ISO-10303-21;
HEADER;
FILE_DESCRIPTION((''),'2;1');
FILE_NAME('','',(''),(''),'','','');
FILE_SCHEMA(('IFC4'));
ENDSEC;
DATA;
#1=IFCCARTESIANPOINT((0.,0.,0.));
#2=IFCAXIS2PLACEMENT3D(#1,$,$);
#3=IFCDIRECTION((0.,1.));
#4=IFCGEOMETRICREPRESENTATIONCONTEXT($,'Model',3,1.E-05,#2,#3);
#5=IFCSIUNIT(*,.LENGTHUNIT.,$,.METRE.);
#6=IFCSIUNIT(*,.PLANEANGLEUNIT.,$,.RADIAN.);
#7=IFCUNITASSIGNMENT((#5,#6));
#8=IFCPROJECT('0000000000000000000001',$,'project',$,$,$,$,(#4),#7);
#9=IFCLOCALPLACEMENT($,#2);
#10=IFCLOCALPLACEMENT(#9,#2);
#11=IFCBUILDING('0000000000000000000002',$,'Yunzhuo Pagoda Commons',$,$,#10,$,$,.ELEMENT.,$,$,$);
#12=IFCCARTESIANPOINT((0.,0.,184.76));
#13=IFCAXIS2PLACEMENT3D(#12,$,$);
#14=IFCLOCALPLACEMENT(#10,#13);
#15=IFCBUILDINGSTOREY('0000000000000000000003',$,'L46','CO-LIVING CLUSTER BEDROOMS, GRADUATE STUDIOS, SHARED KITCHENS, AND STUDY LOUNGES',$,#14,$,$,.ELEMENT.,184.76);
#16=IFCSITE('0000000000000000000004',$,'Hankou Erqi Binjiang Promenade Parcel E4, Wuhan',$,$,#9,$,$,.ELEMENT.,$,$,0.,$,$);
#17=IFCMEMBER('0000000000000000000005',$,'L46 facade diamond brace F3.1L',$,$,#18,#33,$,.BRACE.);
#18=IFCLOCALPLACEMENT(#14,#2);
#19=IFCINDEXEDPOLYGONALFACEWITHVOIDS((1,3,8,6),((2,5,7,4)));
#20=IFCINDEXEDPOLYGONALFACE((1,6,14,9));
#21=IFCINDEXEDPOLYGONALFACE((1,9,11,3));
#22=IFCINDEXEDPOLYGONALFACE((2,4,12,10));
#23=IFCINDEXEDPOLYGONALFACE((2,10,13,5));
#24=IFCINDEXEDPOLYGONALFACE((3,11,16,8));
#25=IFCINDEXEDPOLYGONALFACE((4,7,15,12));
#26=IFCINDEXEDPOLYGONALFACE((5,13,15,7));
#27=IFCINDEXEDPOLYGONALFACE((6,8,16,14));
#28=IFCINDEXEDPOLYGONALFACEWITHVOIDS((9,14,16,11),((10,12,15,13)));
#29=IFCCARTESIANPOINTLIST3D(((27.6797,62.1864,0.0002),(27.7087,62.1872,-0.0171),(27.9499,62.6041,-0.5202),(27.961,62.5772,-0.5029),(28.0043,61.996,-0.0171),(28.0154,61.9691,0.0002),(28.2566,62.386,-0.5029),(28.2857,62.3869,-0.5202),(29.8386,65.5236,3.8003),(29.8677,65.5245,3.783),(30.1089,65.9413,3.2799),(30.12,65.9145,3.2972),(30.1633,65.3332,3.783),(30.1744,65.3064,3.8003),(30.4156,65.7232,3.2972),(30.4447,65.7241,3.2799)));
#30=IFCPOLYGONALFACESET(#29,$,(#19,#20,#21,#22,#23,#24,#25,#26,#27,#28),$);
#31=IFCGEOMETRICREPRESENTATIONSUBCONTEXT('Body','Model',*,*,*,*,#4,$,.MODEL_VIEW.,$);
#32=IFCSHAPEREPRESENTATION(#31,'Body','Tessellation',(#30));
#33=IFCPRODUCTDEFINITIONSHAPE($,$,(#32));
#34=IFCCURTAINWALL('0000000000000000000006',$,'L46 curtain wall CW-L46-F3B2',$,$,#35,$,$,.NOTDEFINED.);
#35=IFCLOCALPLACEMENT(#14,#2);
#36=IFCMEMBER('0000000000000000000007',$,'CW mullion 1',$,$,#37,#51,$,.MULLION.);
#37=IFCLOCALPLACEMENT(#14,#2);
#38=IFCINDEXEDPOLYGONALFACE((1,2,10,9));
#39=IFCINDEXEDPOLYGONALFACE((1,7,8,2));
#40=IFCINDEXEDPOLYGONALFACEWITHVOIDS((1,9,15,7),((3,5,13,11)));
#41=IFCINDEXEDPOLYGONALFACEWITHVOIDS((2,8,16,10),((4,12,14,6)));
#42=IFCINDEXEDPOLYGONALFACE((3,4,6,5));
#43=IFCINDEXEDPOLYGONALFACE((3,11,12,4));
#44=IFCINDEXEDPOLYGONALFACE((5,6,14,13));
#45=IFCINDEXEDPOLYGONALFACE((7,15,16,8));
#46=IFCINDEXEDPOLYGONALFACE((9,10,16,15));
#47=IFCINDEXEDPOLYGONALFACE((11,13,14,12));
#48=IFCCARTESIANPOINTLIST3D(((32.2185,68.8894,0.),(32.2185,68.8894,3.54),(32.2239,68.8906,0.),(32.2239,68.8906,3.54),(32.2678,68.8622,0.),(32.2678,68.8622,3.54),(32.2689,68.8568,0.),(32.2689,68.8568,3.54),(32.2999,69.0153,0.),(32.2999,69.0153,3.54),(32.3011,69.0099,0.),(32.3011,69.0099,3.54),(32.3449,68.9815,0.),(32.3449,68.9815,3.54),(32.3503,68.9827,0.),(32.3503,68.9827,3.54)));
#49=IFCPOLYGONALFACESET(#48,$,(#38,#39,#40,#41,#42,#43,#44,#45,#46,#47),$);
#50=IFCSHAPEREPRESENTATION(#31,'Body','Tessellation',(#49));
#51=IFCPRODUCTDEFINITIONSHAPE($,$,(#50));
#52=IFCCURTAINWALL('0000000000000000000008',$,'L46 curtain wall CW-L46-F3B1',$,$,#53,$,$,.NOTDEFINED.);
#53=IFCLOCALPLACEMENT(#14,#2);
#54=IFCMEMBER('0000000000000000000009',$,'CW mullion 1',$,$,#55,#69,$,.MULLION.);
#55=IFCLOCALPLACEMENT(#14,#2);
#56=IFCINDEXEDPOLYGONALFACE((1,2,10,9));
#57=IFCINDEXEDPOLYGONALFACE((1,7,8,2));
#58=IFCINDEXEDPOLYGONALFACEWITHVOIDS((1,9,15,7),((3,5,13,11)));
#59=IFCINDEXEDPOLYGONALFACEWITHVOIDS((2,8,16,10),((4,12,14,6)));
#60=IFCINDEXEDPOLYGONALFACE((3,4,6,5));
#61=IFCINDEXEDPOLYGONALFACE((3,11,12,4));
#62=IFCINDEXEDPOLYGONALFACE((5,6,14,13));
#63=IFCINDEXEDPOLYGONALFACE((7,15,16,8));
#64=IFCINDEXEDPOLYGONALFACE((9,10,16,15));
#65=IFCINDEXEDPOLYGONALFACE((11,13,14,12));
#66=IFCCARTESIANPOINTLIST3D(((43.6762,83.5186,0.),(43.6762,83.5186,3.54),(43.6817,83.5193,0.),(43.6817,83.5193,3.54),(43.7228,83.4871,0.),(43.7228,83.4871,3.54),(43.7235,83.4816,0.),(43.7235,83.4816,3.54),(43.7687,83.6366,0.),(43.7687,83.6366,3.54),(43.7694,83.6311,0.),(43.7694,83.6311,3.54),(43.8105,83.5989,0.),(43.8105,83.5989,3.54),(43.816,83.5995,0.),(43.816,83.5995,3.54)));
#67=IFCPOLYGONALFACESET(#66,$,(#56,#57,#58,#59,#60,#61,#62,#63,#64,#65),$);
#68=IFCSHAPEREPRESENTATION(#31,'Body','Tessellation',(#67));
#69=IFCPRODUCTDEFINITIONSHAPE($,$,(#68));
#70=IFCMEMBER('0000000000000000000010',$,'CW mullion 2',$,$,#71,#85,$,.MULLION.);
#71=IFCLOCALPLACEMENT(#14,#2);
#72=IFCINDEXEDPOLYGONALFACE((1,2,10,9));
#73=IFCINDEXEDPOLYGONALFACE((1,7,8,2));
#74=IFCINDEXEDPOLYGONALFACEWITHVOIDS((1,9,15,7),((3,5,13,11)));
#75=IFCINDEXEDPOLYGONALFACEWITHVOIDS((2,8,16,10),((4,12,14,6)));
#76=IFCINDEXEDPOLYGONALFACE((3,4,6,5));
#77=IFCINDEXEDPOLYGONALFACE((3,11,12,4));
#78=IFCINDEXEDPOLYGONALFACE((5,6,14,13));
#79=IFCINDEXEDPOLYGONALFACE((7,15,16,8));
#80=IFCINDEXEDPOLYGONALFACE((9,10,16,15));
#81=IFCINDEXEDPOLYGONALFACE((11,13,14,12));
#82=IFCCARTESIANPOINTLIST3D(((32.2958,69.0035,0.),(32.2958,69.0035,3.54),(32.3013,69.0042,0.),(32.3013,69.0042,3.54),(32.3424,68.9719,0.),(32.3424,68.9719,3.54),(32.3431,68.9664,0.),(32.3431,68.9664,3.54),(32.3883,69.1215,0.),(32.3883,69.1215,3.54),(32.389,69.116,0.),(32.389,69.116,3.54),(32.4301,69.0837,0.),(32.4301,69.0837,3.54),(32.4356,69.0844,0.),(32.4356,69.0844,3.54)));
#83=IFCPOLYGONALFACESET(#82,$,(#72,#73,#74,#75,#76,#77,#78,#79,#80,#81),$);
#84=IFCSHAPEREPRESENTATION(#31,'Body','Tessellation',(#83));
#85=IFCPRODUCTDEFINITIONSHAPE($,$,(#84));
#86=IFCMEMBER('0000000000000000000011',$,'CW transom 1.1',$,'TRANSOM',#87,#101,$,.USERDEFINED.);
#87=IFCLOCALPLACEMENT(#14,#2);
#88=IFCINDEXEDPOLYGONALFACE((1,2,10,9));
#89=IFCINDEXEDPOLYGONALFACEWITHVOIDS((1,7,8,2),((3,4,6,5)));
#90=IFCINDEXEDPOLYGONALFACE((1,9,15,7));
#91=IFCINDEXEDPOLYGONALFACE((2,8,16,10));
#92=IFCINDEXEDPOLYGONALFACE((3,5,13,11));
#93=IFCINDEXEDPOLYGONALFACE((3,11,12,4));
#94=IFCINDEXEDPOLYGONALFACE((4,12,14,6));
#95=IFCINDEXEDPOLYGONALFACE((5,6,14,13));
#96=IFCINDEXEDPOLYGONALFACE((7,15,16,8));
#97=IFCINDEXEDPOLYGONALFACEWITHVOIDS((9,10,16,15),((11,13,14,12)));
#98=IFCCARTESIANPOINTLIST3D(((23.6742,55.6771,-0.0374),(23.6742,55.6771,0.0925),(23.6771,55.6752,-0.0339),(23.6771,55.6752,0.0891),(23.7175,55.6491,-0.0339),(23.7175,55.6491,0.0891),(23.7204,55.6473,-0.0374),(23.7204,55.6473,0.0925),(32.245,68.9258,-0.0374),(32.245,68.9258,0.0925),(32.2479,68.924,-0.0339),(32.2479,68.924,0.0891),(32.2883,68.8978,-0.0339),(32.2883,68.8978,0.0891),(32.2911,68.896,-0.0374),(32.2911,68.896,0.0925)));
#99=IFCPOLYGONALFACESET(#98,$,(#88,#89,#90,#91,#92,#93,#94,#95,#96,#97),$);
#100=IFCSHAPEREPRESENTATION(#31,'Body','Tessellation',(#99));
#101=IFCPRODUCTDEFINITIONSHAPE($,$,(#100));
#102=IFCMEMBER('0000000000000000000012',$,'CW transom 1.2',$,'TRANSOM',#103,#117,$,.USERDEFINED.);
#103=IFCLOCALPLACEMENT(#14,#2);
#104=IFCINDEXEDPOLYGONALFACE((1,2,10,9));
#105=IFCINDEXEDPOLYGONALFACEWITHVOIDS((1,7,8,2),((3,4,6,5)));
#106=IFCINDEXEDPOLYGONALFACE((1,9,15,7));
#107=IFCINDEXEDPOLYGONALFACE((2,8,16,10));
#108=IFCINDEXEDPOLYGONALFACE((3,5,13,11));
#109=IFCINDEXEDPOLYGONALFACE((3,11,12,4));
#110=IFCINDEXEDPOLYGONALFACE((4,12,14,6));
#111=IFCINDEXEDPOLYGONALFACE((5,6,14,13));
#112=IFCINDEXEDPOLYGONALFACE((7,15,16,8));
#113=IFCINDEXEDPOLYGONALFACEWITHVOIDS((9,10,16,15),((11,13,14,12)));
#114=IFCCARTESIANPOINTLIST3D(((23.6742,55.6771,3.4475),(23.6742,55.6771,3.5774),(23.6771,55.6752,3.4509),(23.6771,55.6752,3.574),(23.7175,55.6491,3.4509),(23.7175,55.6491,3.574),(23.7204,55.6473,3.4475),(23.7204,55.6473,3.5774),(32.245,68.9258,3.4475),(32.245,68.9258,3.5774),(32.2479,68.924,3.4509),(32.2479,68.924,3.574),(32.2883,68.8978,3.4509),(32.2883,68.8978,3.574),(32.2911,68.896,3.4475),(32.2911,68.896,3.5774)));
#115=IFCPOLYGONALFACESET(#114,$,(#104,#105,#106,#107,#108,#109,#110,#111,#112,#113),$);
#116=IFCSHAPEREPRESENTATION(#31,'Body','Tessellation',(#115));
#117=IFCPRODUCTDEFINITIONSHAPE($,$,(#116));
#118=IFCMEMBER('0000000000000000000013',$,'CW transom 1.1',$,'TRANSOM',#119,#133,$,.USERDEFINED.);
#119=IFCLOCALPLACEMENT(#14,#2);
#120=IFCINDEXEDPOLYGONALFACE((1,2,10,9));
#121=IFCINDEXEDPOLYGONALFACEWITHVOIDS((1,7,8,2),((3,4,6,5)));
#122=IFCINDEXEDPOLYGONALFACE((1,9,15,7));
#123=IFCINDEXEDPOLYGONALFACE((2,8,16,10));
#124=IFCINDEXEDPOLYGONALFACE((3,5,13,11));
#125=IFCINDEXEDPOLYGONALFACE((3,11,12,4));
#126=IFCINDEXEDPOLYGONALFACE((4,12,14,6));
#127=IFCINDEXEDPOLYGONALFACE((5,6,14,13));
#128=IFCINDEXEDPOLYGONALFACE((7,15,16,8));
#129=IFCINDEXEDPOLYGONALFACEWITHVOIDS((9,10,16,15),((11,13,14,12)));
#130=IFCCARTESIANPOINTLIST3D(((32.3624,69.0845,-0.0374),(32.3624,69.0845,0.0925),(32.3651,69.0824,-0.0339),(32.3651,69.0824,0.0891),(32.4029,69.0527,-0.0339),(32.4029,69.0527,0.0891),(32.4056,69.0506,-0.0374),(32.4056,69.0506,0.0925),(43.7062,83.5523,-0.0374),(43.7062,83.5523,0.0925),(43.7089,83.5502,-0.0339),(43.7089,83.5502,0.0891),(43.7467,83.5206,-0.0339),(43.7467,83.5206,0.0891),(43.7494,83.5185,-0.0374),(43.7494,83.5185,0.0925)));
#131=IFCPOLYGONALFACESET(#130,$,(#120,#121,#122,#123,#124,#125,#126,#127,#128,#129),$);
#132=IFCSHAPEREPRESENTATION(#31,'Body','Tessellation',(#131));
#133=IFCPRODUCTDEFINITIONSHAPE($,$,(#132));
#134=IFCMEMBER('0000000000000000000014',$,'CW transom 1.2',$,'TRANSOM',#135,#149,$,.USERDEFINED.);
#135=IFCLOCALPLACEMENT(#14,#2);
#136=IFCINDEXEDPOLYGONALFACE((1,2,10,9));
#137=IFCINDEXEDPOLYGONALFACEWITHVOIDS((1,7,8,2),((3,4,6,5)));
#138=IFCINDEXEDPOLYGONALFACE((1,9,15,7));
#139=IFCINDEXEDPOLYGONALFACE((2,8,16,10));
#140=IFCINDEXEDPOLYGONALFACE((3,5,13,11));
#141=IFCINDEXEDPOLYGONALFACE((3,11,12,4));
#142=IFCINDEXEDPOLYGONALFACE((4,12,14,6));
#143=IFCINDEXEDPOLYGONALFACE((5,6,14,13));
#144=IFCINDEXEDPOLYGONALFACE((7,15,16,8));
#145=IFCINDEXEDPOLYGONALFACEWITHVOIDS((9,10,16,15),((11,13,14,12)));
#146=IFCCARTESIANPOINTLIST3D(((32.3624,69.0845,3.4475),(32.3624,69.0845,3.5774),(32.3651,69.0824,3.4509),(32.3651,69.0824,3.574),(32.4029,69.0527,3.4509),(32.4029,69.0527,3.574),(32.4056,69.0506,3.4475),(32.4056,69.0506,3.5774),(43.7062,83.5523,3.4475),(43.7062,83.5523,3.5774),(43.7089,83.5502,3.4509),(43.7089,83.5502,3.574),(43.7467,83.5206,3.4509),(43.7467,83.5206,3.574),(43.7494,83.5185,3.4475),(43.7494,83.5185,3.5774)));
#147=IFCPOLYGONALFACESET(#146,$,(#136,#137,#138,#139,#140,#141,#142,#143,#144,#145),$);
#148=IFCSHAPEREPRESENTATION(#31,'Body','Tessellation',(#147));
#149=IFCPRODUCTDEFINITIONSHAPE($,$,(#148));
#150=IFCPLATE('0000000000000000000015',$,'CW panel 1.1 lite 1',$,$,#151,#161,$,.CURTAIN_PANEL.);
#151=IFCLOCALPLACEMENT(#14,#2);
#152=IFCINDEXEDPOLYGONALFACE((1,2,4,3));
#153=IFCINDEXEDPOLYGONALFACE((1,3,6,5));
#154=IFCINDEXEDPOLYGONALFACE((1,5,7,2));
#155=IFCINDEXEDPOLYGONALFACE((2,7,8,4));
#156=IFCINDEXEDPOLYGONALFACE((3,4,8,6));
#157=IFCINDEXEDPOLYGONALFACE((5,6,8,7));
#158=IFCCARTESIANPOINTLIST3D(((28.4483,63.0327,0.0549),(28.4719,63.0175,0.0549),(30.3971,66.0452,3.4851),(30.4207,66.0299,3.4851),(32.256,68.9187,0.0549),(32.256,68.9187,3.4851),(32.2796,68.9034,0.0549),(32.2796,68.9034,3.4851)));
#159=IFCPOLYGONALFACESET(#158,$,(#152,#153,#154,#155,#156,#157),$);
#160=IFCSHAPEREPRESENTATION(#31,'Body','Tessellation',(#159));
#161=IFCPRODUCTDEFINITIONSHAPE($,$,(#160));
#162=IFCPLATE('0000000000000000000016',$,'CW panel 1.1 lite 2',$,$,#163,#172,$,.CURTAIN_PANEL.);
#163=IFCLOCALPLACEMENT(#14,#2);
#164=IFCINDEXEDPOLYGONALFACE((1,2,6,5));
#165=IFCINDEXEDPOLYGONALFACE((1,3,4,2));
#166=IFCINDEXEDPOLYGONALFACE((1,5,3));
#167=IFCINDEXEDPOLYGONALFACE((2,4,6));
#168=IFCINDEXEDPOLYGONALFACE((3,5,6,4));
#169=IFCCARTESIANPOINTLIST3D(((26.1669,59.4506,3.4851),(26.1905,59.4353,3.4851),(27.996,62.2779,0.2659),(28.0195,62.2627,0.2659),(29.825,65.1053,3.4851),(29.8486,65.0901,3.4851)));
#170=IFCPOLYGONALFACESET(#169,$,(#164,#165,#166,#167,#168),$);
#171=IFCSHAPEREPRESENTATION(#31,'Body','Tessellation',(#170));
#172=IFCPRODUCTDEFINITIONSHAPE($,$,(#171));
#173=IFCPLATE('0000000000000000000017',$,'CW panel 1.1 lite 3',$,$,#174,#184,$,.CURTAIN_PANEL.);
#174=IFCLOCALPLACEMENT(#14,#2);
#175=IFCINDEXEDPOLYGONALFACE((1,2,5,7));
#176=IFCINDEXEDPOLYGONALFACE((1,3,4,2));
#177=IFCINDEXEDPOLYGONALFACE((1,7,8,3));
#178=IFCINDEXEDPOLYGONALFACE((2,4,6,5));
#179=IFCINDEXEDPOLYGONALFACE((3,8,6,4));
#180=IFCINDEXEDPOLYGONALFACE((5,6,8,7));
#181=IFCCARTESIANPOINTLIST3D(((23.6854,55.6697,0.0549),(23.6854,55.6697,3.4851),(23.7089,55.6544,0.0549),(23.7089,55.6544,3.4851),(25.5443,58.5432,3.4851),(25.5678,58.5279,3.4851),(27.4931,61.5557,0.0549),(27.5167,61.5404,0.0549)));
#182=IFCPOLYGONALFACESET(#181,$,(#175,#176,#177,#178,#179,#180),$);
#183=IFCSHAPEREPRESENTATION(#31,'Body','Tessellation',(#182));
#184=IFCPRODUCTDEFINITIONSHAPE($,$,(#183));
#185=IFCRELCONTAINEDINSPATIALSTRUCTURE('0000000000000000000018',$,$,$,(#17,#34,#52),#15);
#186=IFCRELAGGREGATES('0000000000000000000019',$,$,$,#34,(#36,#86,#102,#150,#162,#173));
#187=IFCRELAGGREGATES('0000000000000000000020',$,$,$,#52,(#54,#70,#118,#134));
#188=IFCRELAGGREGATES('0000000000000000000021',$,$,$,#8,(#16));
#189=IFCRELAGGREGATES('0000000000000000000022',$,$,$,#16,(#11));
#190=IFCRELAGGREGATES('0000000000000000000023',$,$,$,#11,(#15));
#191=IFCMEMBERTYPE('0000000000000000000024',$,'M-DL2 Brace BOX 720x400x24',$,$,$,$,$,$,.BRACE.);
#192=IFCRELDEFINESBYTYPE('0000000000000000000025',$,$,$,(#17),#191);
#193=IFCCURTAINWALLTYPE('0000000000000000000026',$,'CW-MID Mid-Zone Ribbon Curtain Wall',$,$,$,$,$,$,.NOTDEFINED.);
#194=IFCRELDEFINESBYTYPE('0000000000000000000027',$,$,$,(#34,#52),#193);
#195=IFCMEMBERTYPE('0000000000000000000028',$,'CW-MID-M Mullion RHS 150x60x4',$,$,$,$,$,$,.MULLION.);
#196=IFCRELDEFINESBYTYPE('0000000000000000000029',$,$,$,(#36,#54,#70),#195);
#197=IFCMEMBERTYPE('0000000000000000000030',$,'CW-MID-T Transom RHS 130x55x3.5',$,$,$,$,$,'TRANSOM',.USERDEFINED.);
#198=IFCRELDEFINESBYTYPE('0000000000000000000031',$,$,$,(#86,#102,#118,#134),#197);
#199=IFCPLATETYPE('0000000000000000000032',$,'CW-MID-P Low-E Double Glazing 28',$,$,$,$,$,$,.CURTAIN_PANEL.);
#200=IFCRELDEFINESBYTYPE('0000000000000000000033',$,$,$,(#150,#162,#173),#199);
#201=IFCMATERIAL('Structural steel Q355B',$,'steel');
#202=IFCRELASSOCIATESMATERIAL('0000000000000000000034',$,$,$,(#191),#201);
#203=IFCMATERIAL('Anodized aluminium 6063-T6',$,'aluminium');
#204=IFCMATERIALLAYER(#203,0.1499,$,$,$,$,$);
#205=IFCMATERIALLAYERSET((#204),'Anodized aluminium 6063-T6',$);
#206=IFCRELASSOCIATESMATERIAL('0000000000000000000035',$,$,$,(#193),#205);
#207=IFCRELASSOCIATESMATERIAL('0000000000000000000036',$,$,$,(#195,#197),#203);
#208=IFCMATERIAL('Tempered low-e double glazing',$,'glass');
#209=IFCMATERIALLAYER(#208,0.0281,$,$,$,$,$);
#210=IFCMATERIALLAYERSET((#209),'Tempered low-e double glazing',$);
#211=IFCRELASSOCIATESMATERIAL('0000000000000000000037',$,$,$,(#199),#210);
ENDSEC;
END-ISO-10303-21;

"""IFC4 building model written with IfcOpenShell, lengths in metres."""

from ifc_helpers import new_model, si_unit, direction, frame, origin, origin_2d, place, context, subcontext, project, spatial, polyline, hollow_rectangle, outline, extrude, source, transform, mapped, material, layer, layer_set, material_profile, profile_set, type_object, element, aggregate, save


model = new_model("IFC4")

# Units and contexts
model_context = context("Model", 3, precision=1e-05, world=origin(), true_north=direction((0.0, 1.0)))
body_context = subcontext(model_context, "Body", "Model", "MODEL_VIEW")
ifc_project = project(units=[si_unit("LENGTHUNIT", "METRE"), si_unit("PLANEANGLEUNIT", "RADIAN")], contexts=[model_context])

# Site, building, storey
site_placement = place(None, origin())
site = spatial("IfcSite", under=ifc_project, at=site_placement, Name="Hankou Erqi Binjiang Promenade Parcel E4, Wuhan", CompositionType="ELEMENT", RefElevation=0.0)
building_placement = place(site_placement, origin())
building = spatial("IfcBuilding", under=site, at=building_placement, Name="Yunzhuo Pagoda Commons", CompositionType="ELEMENT")
storey_placement = place(building_placement, frame((0.0, 0.0, 184.76)))
storey = spatial("IfcBuildingStorey", under=building, at=storey_placement, Name="L46", Description="CO-LIVING CLUSTER BEDROOMS, GRADUATE STUDIOS, SHARED KITCHENS, AND STUDY LOUNGES", CompositionType="ELEMENT", Elevation=184.76)

# Shared definitions
ifc_material_1 = material(Name="Structural steel Q355B", Category="steel")

# Member
ifc_material_profile_1 = material_profile(ifc_material_1, hollow_rectangle(XDim=0.3999, YDim=0.72, WallThickness=0.0239, at=origin_2d()), Name="Structural steel Q355B")
ifc_profile_set_1 = profile_set([ifc_material_profile_1], Name="Structural steel Q355B")
member_type_1 = type_object("IfcMemberType", Name="M-DL2 Brace BOX 720x400x24", PredefinedType="BRACE", material=ifc_profile_set_1)
shared_shape_1 = source(origin(), body_context, "Body", "SweptSolid", [
    extrude(hollow_rectangle(XDim=0.3999, YDim=0.72, WallThickness=0.0239, at=origin_2d()), origin(), (0.0, 0.0, 1.0), 5.499),
])
member_1_placement = place(storey_placement, frame((27.9827, 62.2866, -0.26), z_axis=(0.392612, 0.606876, 0.691055), x_axis=(-0.839616, 0.54318, 0.0)))
element("IfcMember", 1, at=member_1_placement, inside=storey, type_object=member_type_1, Name="L46 facade diamond brace F3.1L", PredefinedType="BRACE", context=body_context, shape_type="MappedRepresentation", body=[
    mapped(shared_shape_1, transform((0.0, 0.0, 0.0), scale=1.0)),
])

# Curtain wall, member
ifc_material_2 = material(Name="Anodized aluminium 6063-T6", Category="aluminium")
ifc_layer_1 = layer(ifc_material_2, 0.1499)
ifc_layer_set_1 = layer_set([ifc_layer_1], Name="Anodized aluminium 6063-T6")
curtain_wall_type = type_object("IfcCurtainWallType", Name="CW-MID Mid-Zone Ribbon Curtain Wall", PredefinedType="NOTDEFINED", material=ifc_layer_set_1)
curtain_wall_1_placement = place(storey_placement, origin())
curtain_wall_1 = element("IfcCurtainWall", 2, at=curtain_wall_1_placement, inside=storey, type_object=curtain_wall_type, Name="L46 curtain wall CW-L46-F3B2", PredefinedType="NOTDEFINED")
ifc_material_profile_2 = material_profile(ifc_material_2, hollow_rectangle(XDim=0.0601, YDim=0.1499, WallThickness=0.0039, at=origin_2d()), Name="Anodized aluminium 6063-T6")
ifc_profile_set_2 = profile_set([ifc_material_profile_2], Name="Anodized aluminium 6063-T6")
member_type_2 = type_object("IfcMemberType", Name="CW-MID-M Mullion RHS 150x60x4", PredefinedType="MULLION", material=ifc_profile_set_2)
shared_shape_2 = source(origin(), body_context, "Body", "SweptSolid", [
    extrude(hollow_rectangle(XDim=0.0601, YDim=0.1499, WallThickness=0.0039, at=origin_2d()), origin(), (0.0, 0.0, 1.0), 3.54),
])
member_2_placement = place(storey_placement, frame((32.2844, 68.936, 0.0), z_axis=(0.0, 0.0, 1.0), x_axis=(0.839627, -0.543164, 0.0)))
member_2 = element("IfcMember", 3, at=member_2_placement, type_object=member_type_2, Name="CW mullion 1", PredefinedType="MULLION", context=body_context, shape_type="MappedRepresentation", body=[
    mapped(shared_shape_2, transform((0.0, 0.0, 0.0), scale=1.0)),
])

# Curtain wall, members
curtain_wall_2_placement = place(storey_placement, origin())
curtain_wall_2 = element("IfcCurtainWall", 4, at=curtain_wall_2_placement, inside=storey, type_object=curtain_wall_type, Name="L46 curtain wall CW-L46-F3B1", PredefinedType="NOTDEFINED")
member_3_placement = place(storey_placement, frame((43.7461, 83.5591, 0.0), z_axis=(0.0, 0.0, 1.0), x_axis=(0.78695, -0.617016, 0.0)))
member_3 = element("IfcMember", 5, at=member_3_placement, type_object=member_type_2, Name="CW mullion 1", PredefinedType="MULLION", context=body_context, shape_type="MappedRepresentation", body=[
    mapped(shared_shape_2, transform((0.0, 0.0, 0.0), scale=1.0)),
])
member_4_placement = place(storey_placement, frame((32.3657, 69.0439, 0.0), z_axis=(0.0, 0.0, 1.0), x_axis=(0.78695, -0.617016, 0.0)))
member_4 = element("IfcMember", 6, at=member_4_placement, type_object=member_type_2, Name="CW mullion 2", PredefinedType="MULLION", context=body_context, shape_type="MappedRepresentation", body=[
    mapped(shared_shape_2, transform((0.0, 0.0, 0.0), scale=1.0)),
])

# Members
ifc_material_profile_3 = material_profile(ifc_material_2, hollow_rectangle(XDim=0.0549, YDim=0.1299, WallThickness=0.0034, at=origin_2d()), Name="Anodized aluminium 6063-T6")
ifc_profile_set_3 = profile_set([ifc_material_profile_3], Name="Anodized aluminium 6063-T6")
member_type_3 = type_object("IfcMemberType", Name="CW-MID-T Transom RHS 130x55x3.5", ElementType="TRANSOM", PredefinedType="USERDEFINED", material=ifc_profile_set_3)
shared_shape_3 = source(origin(), body_context, "Body", "SweptSolid", [
    extrude(hollow_rectangle(XDim=0.0549, YDim=0.1299, WallThickness=0.0034, at=origin_2d()), origin(), (0.0, 0.0, 1.0), 15.7793),
])
member_5_placement = place(storey_placement, frame((32.2681, 68.9109, 0.0276), z_axis=(-0.543165, -0.839626, 0.0), x_axis=(0.839626, -0.543165, 0.0)))
member_5 = element("IfcMember", 7, at=member_5_placement, type_object=member_type_3, Name="CW transom 1.1", ObjectType="TRANSOM", PredefinedType="USERDEFINED", context=body_context, shape_type="MappedRepresentation", body=[
    mapped(shared_shape_3, transform((0.0, 0.0, 0.0), scale=1.0)),
])
member_6_placement = place(storey_placement, frame((32.2681, 68.9109, 3.5125), z_axis=(-0.543165, -0.839626, 0.0), x_axis=(0.839626, -0.543165, 0.0)))
member_6 = element("IfcMember", 8, at=member_6_placement, type_object=member_type_3, Name="CW transom 1.2", ObjectType="TRANSOM", PredefinedType="USERDEFINED", context=body_context, shape_type="MappedRepresentation", body=[
    mapped(shared_shape_3, transform((0.0, 0.0, 0.0), scale=1.0)),
])
shared_shape_4 = source(origin(), body_context, "Body", "SweptSolid", [
    extrude(hollow_rectangle(XDim=0.0549, YDim=0.1299, WallThickness=0.0034, at=origin_2d()), origin(), (0.0, 0.0, 1.0), 18.3848),
])
member_7_placement = place(storey_placement, frame((43.7278, 83.5354, 0.0276), z_axis=(-0.617021, -0.786946, 0.0), x_axis=(0.786946, -0.617021, 0.0)))
member_7 = element("IfcMember", 9, at=member_7_placement, type_object=member_type_3, Name="CW transom 1.1", ObjectType="TRANSOM", PredefinedType="USERDEFINED", context=body_context, shape_type="MappedRepresentation", body=[
    mapped(shared_shape_4, transform((0.0, 0.0, 0.0), scale=1.0)),
])
member_8_placement = place(storey_placement, frame((43.7278, 83.5354, 3.5125), z_axis=(-0.617021, -0.786946, 0.0), x_axis=(0.786946, -0.617021, 0.0)))
member_8 = element("IfcMember", 10, at=member_8_placement, type_object=member_type_3, Name="CW transom 1.2", ObjectType="TRANSOM", PredefinedType="USERDEFINED", context=body_context, shape_type="MappedRepresentation", body=[
    mapped(shared_shape_4, transform((0.0, 0.0, 0.0), scale=1.0)),
])

# Plates
ifc_material_3 = material(Name="Tempered low-e double glazing", Category="glass")
ifc_layer_2 = layer(ifc_material_3, 0.0281)
ifc_layer_set_2 = layer_set([ifc_layer_2], Name="Tempered low-e double glazing")
plate_type_1 = type_object("IfcPlateType", Name="CW-MID-P Low-E Double Glazing 28", PredefinedType="CURTAIN_PANEL", material=ifc_layer_set_2)
plate_1_placement = place(storey_placement, frame((30.3757, 65.9604, 1.77), z_axis=(-0.839627, 0.543164, 0.0), x_axis=(-0.543164, -0.839627, 0.0)))
plate_1 = element("IfcPlate", 11, at=plate_1_placement, type_object=plate_type_1, Name="CW panel 1.1 lite 1", PredefinedType="CURTAIN_PANEL", context=body_context, shape_type="SweptSolid", body=[
    extrude(outline(polyline([(-3.5051, -1.7151), (3.5051, -1.7151), (-0.0828, 1.7151), (-3.5051, 1.7151), (-3.5051, -1.7151)])), origin(), (0.0, 0.0, 1.0), 0.0281),
])
plate_2_placement = place(storey_placement, frame((28.0195, 62.2627, 1.8755), z_axis=(-0.839627, 0.543164, 0.0), x_axis=(-0.543164, -0.839627, 0.0)))
plate_2 = element("IfcPlate", 12, at=plate_2_placement, type_object=plate_type_1, Name="CW panel 1.1 lite 2", PredefinedType="CURTAIN_PANEL", context=body_context, shape_type="SweptSolid", body=[
    extrude(outline(polyline([(-3.3674, 1.6096), (0.0, -1.6096), (3.3674, 1.6096), (-3.3674, 1.6096)])), origin(), (0.0, 0.0, 1.0), 0.0281),
])
plate_3_placement = place(storey_placement, frame((25.6128, 58.5974, 1.77), z_axis=(-0.839627, 0.543164, 0.0), x_axis=(-0.543164, -0.839627, 0.0)))
plate_3 = element("IfcPlate", 13, at=plate_3_placement, type_object=plate_type_1, Name="CW panel 1.1 lite 3", PredefinedType="CURTAIN_PANEL", context=body_context, shape_type="SweptSolid", body=[
    extrude(outline(polyline([(-3.5051, -1.7151), (3.5051, -1.7151), (3.5051, 1.7151), (0.0828, 1.7151), (-3.5051, -1.7151)])), origin(), (0.0, 0.0, 1.0), 0.0281),
])
aggregate(curtain_wall_1, [member_2, member_5, member_6, plate_1, plate_2, plate_3])

aggregate(curtain_wall_2, [member_3, member_4, member_7, member_8])

save(model, "model.ifc")
